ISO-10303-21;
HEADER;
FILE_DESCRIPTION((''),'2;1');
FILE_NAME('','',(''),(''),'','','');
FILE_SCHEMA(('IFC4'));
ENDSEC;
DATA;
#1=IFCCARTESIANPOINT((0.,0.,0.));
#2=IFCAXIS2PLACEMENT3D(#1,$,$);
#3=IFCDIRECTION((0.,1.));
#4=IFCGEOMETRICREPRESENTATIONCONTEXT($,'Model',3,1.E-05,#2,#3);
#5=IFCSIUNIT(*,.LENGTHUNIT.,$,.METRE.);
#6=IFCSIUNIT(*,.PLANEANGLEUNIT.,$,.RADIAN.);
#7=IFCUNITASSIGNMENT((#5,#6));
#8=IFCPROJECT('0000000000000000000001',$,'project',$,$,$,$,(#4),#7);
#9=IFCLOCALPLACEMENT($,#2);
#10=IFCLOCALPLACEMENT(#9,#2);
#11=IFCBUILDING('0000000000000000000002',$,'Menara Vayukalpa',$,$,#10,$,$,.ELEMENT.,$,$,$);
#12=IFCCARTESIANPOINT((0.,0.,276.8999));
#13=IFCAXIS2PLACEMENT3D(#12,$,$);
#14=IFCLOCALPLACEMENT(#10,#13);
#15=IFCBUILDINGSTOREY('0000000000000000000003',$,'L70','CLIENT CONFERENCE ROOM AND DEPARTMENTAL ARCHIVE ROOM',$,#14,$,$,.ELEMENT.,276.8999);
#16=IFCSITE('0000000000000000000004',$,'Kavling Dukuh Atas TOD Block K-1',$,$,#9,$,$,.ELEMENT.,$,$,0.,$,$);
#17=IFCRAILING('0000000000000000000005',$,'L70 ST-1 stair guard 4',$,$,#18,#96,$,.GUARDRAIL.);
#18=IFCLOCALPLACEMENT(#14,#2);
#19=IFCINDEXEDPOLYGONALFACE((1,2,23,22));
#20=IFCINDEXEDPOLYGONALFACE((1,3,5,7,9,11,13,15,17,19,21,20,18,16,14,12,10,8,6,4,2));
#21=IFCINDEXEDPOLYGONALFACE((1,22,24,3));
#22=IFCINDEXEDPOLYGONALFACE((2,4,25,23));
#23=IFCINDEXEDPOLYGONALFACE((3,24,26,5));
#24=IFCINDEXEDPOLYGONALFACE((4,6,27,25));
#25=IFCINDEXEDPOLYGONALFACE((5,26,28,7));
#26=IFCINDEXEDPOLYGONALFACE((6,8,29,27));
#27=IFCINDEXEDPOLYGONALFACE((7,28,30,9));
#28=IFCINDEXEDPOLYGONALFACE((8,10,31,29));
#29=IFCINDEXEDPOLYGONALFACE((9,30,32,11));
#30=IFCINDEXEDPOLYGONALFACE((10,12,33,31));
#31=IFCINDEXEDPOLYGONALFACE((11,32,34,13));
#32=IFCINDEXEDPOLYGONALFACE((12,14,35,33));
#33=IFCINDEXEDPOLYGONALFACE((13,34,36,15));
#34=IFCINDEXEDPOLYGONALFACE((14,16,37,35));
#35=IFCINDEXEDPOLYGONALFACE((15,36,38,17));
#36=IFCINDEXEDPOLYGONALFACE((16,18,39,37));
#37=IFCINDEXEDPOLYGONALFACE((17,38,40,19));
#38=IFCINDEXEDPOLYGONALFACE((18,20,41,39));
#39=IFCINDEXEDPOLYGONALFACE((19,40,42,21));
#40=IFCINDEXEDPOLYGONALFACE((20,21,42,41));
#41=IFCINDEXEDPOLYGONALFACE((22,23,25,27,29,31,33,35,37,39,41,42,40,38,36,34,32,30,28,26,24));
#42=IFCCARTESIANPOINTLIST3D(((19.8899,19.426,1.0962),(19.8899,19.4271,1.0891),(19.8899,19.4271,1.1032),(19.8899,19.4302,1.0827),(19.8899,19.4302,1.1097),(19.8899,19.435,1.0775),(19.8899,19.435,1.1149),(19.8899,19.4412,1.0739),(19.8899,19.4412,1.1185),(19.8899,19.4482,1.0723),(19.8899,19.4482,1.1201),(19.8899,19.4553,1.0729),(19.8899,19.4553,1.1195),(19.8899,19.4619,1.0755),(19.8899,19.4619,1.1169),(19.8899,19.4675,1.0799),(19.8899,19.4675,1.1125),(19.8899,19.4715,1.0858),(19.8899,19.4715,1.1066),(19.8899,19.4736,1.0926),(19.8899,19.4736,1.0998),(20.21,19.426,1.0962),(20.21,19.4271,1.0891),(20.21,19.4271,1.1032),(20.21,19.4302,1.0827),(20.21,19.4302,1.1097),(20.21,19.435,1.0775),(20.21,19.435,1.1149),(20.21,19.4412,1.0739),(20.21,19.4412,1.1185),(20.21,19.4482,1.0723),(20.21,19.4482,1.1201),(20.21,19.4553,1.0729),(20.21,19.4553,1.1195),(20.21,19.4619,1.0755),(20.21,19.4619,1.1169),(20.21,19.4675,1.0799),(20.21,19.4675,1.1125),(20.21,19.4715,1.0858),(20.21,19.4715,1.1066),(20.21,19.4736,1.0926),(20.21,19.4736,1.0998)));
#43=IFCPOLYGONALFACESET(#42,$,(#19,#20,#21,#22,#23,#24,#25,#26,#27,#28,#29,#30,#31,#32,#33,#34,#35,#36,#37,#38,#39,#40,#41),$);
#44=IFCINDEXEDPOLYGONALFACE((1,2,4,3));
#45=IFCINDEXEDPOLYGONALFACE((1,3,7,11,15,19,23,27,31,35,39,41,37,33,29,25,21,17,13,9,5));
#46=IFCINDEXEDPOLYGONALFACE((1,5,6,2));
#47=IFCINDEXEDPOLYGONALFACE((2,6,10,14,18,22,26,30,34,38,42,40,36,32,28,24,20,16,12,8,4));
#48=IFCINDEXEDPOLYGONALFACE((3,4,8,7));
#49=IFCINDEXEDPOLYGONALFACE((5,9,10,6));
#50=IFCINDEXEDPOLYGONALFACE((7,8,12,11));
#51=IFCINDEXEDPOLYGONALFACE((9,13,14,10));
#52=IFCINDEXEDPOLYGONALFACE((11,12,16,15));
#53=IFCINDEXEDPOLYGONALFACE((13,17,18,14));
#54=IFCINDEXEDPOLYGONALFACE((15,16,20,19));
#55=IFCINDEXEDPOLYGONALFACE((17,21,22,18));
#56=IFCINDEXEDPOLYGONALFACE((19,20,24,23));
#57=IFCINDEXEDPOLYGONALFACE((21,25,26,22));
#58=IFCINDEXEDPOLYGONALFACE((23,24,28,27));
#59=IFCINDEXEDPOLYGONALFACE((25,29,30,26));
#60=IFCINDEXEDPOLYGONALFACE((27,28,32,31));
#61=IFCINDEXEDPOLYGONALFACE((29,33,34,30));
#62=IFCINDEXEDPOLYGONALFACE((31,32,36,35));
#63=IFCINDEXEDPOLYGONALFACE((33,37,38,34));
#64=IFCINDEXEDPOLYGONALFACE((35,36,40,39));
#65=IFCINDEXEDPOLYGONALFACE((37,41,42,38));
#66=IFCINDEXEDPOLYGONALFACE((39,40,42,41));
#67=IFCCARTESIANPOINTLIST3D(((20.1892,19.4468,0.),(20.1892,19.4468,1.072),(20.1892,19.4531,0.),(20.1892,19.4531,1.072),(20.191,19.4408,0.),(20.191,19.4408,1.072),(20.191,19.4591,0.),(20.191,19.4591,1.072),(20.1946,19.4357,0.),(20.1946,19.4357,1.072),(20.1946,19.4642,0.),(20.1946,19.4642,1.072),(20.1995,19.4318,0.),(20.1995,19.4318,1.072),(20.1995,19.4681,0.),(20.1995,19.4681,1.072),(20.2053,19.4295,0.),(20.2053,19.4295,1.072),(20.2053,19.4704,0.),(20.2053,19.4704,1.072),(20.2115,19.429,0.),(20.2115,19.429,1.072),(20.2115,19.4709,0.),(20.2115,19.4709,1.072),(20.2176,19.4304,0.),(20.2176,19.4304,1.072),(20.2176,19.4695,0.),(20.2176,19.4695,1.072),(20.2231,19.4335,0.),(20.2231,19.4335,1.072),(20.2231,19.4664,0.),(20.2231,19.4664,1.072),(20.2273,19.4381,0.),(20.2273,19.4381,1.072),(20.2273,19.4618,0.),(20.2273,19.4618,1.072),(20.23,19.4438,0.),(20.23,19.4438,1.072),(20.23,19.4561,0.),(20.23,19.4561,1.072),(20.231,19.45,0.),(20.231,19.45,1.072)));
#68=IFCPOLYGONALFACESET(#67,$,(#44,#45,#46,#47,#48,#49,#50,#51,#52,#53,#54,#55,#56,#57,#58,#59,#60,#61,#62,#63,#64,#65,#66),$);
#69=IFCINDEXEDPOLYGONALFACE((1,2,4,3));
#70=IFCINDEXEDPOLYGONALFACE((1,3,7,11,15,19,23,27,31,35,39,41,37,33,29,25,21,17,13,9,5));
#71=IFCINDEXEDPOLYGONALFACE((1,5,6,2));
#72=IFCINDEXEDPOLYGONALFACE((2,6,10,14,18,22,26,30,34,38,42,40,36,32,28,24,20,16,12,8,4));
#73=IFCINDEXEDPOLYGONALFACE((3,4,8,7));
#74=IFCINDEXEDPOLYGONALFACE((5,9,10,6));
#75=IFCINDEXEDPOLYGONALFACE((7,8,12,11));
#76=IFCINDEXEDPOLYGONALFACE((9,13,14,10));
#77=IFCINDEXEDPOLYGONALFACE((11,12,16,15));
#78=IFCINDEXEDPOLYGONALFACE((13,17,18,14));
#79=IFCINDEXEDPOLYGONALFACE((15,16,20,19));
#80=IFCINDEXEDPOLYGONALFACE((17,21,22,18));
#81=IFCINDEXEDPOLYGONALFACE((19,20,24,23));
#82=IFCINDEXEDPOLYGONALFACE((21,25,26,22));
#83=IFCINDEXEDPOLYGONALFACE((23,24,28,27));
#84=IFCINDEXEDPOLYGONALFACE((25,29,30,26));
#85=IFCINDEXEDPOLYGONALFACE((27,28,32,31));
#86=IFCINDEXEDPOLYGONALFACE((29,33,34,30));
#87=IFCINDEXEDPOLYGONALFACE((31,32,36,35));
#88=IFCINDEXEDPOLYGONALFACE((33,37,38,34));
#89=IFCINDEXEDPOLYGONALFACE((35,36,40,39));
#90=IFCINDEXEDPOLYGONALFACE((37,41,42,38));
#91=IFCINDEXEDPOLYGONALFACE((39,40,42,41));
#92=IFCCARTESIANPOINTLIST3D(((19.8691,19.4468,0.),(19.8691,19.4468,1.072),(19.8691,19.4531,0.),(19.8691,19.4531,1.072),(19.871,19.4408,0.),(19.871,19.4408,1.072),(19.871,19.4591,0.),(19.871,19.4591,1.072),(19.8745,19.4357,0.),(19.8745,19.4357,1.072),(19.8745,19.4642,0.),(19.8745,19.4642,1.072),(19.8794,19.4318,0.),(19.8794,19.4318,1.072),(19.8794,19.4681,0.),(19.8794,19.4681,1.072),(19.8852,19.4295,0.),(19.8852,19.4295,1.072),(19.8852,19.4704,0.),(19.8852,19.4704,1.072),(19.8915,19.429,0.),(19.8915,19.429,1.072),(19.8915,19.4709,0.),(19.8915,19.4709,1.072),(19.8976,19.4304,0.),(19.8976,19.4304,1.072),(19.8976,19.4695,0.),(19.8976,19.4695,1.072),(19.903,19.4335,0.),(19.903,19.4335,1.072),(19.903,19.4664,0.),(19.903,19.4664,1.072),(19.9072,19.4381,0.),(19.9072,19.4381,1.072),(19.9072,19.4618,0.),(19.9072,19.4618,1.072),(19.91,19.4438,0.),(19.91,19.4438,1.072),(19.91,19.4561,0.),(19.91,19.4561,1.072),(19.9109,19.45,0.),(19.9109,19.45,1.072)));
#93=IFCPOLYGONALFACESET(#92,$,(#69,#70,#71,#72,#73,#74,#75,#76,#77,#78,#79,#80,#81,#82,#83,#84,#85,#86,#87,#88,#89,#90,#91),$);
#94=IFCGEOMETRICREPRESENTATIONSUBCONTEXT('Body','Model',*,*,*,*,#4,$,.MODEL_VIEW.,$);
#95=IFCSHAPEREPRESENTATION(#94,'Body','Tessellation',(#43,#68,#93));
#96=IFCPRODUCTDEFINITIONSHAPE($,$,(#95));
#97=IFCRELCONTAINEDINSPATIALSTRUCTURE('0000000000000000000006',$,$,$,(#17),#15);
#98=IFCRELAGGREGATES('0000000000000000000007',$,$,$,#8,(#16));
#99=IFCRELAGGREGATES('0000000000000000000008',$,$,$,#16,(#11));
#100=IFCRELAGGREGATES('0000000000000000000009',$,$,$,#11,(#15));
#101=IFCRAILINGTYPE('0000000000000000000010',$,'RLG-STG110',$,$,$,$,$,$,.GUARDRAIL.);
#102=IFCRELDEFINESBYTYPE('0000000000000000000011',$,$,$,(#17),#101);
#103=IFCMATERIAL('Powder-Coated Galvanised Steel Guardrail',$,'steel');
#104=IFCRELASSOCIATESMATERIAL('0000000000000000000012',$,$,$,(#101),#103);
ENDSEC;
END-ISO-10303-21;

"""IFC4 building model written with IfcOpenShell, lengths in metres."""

from ifc_helpers import new_model, si_unit, direction, frame, origin, origin_2d, place, context, subcontext, project, spatial, circle, extrude, material, type_object, element, save


model = new_model("IFC4")

# Units and contexts
model_context = context("Model", 3, precision=1e-05, world=origin(), true_north=direction((0.0, 1.0)))
body_context = subcontext(model_context, "Body", "Model", "MODEL_VIEW")
ifc_project = project(units=[si_unit("LENGTHUNIT", "METRE"), si_unit("PLANEANGLEUNIT", "RADIAN")], contexts=[model_context])

# Site, building, storey
site_placement = place(None, origin())
site = spatial("IfcSite", under=ifc_project, at=site_placement, Name="Kavling Dukuh Atas TOD Block K-1", CompositionType="ELEMENT", RefElevation=0.0)
building_placement = place(site_placement, origin())
building = spatial("IfcBuilding", under=site, at=building_placement, Name="Menara Vayukalpa", CompositionType="ELEMENT")
storey_placement = place(building_placement, frame((0.0, 0.0, 276.8999)))
storey = spatial("IfcBuildingStorey", under=building, at=storey_placement, Name="L70", Description="CLIENT CONFERENCE ROOM AND DEPARTMENTAL ARCHIVE ROOM", CompositionType="ELEMENT", Elevation=276.8999)

# Railing
ifc_material_1 = material(Name="Powder-Coated Galvanised Steel Guardrail", Category="steel")
railing_type_1 = type_object("IfcRailingType", Name="RLG-STG110", PredefinedType="GUARDRAIL", material=ifc_material_1)
railing_1_placement = place(storey_placement, frame((20.21, 19.45, 0.0)))
element("IfcRailing", 1, at=railing_1_placement, inside=storey, type_object=railing_type_1, Name="L70 ST-1 stair guard 4", PredefinedType="GUARDRAIL", context=body_context, shape_type="SweptSolid", body=[
    extrude(circle(Radius=0.0239, at=origin_2d()), frame((0.0, 0.0, 1.0962), z_axis=(-1.0, 0.0, 0.0), x_axis=(0.0, -1.0, 0.0)), (0.0, 0.0, 1.0), 0.3201),
    extrude(circle(Radius=0.021, at=origin_2d()), origin(), (0.0, 0.0, 1.0), 1.072),
    extrude(circle(Radius=0.021, at=origin_2d()), frame((-0.3201, 0.0, 0.0)), (0.0, 0.0, 1.0), 1.072),
])

save(model, "model.ifc")
